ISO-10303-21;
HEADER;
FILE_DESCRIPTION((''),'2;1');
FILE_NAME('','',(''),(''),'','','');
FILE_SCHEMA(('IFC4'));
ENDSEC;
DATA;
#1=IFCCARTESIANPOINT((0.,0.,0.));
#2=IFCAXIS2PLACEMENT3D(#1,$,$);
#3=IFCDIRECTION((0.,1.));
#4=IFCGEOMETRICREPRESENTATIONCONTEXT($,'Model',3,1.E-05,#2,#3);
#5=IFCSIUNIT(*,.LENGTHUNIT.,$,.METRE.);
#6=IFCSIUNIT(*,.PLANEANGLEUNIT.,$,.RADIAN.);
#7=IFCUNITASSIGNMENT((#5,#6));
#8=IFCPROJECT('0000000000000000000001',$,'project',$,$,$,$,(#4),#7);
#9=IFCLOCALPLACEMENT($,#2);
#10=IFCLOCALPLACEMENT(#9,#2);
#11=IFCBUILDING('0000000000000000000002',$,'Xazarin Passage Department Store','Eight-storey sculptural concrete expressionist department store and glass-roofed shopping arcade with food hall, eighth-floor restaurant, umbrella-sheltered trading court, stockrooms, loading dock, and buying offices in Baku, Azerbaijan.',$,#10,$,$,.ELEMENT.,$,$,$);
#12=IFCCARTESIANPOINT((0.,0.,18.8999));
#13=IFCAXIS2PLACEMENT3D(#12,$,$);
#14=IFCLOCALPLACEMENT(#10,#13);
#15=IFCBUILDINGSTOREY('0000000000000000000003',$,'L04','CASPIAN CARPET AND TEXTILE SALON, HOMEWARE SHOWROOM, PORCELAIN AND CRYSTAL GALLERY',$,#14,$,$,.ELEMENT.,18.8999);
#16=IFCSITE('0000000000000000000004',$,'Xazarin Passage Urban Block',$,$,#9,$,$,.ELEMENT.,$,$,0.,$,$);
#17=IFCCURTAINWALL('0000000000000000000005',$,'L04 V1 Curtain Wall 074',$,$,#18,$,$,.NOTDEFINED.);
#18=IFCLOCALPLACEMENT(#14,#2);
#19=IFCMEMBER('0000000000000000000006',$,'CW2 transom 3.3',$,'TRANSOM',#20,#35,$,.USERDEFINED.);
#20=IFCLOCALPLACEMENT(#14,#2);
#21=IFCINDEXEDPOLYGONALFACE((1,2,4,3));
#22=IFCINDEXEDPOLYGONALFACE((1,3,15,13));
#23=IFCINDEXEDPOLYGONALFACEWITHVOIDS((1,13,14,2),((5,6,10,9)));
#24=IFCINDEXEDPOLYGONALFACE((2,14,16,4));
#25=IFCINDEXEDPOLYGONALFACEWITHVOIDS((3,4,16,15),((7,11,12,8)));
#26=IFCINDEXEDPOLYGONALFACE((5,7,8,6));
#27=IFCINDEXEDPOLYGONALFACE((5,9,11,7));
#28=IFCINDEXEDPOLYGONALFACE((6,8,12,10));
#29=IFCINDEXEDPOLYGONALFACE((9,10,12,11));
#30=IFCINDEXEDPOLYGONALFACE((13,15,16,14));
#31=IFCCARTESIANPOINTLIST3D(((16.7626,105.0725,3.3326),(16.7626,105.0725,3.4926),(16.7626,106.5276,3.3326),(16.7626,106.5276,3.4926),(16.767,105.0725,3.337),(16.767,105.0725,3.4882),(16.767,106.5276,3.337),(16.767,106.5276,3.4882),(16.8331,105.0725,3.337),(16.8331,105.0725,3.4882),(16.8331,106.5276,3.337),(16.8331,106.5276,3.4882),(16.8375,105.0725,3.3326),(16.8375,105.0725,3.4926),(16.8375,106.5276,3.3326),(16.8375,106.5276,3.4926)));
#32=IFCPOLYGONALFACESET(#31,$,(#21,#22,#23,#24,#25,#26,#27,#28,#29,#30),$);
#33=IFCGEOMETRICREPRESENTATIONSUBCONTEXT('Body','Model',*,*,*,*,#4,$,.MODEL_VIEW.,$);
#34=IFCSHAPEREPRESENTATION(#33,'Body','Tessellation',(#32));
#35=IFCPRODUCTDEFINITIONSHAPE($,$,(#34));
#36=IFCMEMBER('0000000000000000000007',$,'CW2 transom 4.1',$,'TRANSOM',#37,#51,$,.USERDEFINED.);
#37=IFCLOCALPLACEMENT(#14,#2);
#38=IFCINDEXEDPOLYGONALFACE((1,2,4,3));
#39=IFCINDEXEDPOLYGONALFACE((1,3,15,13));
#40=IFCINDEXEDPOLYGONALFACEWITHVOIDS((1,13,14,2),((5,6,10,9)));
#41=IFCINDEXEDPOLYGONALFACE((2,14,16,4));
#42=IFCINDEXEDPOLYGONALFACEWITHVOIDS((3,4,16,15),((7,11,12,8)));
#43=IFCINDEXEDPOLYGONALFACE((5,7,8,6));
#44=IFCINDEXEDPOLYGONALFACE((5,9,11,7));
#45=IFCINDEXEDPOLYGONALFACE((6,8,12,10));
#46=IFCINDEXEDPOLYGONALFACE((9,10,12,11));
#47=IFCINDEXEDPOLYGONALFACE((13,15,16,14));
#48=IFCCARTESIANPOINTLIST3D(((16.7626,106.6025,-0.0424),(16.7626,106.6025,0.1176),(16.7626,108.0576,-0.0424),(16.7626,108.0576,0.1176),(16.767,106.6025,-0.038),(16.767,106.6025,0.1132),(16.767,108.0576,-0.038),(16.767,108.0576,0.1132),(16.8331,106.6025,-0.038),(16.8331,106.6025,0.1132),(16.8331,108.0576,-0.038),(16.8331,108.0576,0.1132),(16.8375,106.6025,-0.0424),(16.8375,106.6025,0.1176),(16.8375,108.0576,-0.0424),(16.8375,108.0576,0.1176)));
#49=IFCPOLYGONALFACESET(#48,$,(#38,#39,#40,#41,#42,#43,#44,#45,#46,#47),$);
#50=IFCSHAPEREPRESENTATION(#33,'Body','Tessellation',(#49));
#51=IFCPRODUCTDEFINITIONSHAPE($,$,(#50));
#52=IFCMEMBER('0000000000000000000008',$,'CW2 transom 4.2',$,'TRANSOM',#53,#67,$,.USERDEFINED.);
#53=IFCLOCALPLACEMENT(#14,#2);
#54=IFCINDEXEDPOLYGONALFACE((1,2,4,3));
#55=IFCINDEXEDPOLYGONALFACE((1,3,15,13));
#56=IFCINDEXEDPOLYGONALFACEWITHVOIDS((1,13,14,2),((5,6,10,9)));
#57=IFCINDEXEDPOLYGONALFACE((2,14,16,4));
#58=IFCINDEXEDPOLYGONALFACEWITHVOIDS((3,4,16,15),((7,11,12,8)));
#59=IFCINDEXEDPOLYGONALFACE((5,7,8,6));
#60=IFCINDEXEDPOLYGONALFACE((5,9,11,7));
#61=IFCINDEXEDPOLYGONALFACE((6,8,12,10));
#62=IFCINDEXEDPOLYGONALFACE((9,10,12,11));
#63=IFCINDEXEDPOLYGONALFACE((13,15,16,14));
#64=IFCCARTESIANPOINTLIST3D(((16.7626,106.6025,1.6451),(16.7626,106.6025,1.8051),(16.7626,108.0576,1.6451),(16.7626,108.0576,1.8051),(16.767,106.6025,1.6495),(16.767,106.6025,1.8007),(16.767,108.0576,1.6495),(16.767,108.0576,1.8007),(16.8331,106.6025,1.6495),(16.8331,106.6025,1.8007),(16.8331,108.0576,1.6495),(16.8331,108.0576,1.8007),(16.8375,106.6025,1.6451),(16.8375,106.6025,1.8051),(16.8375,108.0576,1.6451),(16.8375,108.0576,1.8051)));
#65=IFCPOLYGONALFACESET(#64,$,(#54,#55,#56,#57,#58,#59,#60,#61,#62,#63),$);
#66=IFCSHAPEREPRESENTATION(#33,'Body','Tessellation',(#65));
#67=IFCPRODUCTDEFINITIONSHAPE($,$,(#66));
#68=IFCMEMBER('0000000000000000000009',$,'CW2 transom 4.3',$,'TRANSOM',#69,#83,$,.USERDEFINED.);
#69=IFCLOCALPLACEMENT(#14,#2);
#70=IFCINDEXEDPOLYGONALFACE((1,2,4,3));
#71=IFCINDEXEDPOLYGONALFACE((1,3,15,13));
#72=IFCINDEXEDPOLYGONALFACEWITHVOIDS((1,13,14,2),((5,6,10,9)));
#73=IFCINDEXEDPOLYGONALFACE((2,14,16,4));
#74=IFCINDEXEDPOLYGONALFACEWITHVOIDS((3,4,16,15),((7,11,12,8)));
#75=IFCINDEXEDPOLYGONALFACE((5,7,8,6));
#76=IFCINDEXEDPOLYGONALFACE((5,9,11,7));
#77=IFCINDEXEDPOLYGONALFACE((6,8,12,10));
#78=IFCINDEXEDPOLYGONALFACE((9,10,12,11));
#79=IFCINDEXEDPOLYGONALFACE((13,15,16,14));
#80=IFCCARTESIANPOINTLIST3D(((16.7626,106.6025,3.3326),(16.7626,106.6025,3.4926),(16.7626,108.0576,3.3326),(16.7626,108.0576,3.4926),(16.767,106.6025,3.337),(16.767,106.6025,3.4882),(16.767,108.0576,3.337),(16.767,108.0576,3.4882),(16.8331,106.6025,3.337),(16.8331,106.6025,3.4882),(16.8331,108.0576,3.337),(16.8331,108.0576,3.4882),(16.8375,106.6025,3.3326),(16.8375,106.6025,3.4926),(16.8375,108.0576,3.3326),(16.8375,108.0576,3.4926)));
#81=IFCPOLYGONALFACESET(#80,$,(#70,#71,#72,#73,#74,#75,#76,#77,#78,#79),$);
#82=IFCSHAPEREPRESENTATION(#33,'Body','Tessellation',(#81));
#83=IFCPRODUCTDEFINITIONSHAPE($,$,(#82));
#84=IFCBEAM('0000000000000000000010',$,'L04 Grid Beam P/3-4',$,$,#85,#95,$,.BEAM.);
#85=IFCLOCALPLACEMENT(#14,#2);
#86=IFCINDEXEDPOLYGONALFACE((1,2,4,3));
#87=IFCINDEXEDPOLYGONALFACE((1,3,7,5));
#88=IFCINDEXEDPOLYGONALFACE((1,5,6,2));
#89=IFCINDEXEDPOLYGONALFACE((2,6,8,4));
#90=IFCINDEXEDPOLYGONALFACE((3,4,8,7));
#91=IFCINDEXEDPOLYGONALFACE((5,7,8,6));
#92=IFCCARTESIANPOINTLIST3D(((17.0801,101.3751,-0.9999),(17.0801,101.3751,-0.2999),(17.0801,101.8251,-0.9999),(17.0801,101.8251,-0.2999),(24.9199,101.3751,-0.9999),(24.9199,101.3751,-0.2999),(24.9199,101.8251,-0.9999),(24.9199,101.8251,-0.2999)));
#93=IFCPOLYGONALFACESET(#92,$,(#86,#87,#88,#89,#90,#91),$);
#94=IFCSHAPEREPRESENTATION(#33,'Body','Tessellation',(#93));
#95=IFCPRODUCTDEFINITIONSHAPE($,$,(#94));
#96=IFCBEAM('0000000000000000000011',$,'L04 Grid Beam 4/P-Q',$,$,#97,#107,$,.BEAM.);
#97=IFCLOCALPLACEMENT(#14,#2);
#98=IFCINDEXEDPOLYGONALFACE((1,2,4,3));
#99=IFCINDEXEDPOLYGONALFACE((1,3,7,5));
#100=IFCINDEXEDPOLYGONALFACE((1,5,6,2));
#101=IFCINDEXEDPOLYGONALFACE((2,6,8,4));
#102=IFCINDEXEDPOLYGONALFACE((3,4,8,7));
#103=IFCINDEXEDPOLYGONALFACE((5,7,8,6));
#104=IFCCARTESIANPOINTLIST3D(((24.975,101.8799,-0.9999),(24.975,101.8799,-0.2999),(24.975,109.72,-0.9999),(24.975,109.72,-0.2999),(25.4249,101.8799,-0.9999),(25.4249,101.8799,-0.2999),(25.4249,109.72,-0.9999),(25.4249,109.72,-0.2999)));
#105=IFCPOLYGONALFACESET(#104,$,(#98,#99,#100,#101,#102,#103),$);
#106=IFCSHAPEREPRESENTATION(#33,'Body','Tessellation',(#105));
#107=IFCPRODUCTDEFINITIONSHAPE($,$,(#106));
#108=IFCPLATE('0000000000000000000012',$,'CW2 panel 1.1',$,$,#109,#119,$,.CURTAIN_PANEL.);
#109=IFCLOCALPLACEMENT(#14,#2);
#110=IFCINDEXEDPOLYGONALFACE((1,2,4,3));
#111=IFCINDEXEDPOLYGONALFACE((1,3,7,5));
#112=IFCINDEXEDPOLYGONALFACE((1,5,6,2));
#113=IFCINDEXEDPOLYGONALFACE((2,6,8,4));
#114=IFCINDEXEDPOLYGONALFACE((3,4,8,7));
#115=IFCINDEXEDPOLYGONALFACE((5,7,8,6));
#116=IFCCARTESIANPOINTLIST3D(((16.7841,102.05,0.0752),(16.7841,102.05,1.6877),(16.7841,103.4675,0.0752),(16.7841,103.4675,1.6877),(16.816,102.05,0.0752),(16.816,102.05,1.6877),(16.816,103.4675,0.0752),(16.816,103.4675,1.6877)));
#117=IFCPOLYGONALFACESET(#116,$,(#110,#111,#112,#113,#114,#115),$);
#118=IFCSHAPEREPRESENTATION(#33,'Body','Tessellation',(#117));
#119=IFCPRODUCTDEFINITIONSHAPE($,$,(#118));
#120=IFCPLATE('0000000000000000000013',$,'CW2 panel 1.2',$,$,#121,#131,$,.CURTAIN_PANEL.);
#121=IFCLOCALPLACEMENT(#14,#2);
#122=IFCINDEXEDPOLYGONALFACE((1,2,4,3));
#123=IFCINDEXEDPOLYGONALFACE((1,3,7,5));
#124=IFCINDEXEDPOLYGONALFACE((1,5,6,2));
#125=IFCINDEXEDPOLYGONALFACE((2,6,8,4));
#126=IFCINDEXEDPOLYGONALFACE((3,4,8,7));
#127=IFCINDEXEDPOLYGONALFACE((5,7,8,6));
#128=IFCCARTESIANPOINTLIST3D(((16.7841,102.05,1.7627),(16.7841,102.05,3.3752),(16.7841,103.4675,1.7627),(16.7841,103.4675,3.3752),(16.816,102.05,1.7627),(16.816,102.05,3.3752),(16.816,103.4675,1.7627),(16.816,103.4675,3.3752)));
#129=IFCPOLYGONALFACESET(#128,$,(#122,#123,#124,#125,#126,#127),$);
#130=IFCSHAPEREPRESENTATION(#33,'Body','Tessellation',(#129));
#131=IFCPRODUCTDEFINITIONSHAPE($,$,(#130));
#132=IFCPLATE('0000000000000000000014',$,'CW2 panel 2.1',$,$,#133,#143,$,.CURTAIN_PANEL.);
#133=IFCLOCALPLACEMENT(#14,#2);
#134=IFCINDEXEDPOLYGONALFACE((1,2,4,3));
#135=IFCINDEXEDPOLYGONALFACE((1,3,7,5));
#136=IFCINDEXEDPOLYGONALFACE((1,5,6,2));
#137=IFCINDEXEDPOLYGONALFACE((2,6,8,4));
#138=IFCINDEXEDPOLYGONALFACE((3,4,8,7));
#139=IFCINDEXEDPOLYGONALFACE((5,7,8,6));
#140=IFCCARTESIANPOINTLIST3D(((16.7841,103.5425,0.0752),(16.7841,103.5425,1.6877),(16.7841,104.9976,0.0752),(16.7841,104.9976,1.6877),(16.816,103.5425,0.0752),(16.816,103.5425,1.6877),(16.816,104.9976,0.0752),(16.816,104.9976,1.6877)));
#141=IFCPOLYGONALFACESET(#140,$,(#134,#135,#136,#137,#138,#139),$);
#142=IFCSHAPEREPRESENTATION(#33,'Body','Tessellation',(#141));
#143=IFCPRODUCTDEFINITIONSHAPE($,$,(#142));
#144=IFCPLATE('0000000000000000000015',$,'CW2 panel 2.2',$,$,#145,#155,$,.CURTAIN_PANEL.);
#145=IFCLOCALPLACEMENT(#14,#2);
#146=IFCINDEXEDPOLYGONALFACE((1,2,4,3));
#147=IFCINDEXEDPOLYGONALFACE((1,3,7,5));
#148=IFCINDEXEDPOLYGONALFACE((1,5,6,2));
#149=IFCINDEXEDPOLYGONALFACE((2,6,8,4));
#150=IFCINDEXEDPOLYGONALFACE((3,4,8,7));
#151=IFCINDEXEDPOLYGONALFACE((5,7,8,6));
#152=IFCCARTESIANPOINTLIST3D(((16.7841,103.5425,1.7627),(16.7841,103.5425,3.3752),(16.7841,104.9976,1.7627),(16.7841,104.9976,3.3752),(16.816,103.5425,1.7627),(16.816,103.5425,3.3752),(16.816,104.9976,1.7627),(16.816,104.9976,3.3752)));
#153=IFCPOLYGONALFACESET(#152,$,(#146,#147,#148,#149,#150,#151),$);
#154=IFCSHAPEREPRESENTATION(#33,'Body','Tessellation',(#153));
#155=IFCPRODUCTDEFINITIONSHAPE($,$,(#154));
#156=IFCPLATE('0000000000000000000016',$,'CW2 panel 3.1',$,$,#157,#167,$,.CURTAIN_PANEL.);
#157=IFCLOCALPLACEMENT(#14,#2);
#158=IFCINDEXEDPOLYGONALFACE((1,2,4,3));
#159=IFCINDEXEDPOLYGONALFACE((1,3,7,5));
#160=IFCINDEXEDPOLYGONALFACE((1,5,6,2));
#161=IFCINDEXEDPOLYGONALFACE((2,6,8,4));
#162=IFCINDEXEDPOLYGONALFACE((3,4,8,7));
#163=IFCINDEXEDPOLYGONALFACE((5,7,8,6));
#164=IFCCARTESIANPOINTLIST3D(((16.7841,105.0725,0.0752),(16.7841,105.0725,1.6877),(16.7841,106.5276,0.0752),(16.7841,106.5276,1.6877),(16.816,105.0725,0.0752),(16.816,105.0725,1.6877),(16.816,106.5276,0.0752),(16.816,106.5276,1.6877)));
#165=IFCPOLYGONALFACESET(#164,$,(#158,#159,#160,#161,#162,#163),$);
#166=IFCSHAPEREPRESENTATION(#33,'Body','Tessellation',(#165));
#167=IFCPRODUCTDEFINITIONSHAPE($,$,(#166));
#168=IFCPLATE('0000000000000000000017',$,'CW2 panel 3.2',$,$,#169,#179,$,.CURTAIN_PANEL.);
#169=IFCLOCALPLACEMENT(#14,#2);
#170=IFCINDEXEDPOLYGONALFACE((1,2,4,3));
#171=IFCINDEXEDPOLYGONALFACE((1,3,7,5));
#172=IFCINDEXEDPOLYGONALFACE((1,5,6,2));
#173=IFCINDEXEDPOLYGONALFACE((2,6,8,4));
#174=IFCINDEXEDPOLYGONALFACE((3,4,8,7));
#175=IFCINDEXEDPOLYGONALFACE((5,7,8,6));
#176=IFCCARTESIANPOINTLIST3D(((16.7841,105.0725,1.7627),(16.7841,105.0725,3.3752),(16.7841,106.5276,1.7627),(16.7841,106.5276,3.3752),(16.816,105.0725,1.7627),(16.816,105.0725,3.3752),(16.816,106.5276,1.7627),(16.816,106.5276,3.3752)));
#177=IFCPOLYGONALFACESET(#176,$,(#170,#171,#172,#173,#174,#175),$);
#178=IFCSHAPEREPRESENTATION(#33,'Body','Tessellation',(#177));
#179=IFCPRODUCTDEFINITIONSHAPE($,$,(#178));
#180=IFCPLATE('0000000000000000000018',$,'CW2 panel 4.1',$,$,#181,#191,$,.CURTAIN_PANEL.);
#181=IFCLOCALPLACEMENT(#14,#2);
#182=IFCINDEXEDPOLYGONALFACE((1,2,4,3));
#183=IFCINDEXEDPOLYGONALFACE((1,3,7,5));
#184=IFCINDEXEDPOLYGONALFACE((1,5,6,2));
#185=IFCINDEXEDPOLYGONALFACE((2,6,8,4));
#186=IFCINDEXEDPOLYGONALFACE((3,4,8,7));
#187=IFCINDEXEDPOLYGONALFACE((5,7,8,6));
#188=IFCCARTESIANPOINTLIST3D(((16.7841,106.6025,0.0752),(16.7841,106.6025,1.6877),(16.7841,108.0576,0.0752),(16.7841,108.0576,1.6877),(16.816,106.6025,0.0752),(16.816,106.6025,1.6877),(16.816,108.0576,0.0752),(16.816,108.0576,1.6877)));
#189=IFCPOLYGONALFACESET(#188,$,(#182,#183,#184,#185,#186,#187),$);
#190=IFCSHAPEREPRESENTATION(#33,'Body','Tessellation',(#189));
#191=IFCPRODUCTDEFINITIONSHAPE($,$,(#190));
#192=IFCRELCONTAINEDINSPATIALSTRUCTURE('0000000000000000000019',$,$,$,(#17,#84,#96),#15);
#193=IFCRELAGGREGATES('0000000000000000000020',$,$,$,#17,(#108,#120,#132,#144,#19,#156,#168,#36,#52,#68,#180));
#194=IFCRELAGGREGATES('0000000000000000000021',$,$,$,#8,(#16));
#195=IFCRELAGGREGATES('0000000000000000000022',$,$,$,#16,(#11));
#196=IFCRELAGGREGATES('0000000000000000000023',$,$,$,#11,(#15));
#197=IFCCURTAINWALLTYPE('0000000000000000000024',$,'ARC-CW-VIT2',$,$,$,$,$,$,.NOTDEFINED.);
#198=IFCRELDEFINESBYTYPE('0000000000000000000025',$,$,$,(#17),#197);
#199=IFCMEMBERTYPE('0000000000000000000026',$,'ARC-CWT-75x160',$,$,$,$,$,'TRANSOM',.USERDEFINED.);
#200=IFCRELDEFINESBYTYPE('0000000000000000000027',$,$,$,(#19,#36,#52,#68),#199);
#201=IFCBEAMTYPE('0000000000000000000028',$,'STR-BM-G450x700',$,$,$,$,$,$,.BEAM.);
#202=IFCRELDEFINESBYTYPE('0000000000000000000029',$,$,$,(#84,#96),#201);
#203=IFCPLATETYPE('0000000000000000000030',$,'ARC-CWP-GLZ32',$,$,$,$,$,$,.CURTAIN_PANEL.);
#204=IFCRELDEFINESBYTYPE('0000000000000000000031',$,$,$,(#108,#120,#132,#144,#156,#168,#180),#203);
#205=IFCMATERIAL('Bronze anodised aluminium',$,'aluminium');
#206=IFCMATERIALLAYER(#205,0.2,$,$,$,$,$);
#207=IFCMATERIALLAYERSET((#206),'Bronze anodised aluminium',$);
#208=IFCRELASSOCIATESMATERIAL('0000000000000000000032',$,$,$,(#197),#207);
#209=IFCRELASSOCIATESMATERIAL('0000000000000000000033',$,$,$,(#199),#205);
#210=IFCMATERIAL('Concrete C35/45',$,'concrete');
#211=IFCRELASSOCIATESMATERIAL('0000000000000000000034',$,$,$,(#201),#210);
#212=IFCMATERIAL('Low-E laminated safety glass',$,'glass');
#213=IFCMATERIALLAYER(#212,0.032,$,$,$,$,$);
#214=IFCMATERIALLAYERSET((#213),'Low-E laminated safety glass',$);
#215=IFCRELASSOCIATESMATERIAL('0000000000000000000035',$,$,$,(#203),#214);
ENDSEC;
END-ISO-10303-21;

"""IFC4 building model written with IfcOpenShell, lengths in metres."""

from ifc_helpers import new_model, si_unit, direction, frame, origin, origin_2d, place, context, subcontext, project, spatial, rectangle, hollow_rectangle, extrude, material, layer, layer_set, material_profile, profile_set, type_object, element, aggregate, save


model = new_model("IFC4")

# Units and contexts
model_context = context("Model", 3, precision=1e-05, world=origin(), true_north=direction((0.0, 1.0)))
body_context = subcontext(model_context, "Body", "Model", "MODEL_VIEW")
ifc_project = project(units=[si_unit("LENGTHUNIT", "METRE"), si_unit("PLANEANGLEUNIT", "RADIAN")], contexts=[model_context])

# Site, building, storey
site_placement = place(None, origin())
site = spatial("IfcSite", under=ifc_project, at=site_placement, Name="Xazarin Passage Urban Block", CompositionType="ELEMENT", RefElevation=0.0)
building_placement = place(site_placement, origin())
building = spatial("IfcBuilding", under=site, at=building_placement, Name="Xazarin Passage Department Store", Description="Eight-storey sculptural concrete expressionist department store and glass-roofed shopping arcade with food hall, eighth-floor restaurant, umbrella-sheltered trading court, stockrooms, loading dock, and buying offices in Baku, Azerbaijan.", CompositionType="ELEMENT")
storey_placement = place(building_placement, frame((0.0, 0.0, 18.8999)))
storey = spatial("IfcBuildingStorey", under=building, at=storey_placement, Name="L04", Description="CASPIAN CARPET AND TEXTILE SALON, HOMEWARE SHOWROOM, PORCELAIN AND CRYSTAL GALLERY", CompositionType="ELEMENT", Elevation=18.8999)

# Curtain wall, members
ifc_material_1 = material(Name="Bronze anodised aluminium", Category="aluminium")
ifc_layer_1 = layer(ifc_material_1, 0.2)
ifc_layer_set_1 = layer_set([ifc_layer_1], Name="Bronze anodised aluminium")
curtain_wall_type = type_object("IfcCurtainWallType", Name="ARC-CW-VIT2", PredefinedType="NOTDEFINED", material=ifc_layer_set_1)
curtain_wall_placement = place(storey_placement, origin())
curtain_wall = element("IfcCurtainWall", 1, at=curtain_wall_placement, inside=storey, type_object=curtain_wall_type, Name="L04 V1 Curtain Wall 074", PredefinedType="NOTDEFINED")
ifc_material_profile_1 = material_profile(ifc_material_1, hollow_rectangle(XDim=0.075, YDim=0.1599, WallThickness=0.0044, at=origin_2d()), Name="ALU 75x160")
ifc_profile_set_1 = profile_set([ifc_material_profile_1], Name="Bronze anodised aluminium")
member_type_1 = type_object("IfcMemberType", Name="ARC-CWT-75x160", ElementType="TRANSOM", PredefinedType="USERDEFINED", material=ifc_profile_set_1)
member_1_placement = place(storey_placement, frame((16.8, 105.0725, 3.4126), z_axis=(0.0, 1.0, 0.0), x_axis=(-1.0, 0.0, 0.0)))
member_1 = element("IfcMember", 2, at=member_1_placement, type_object=member_type_1, Name="CW2 transom 3.3", ObjectType="TRANSOM", PredefinedType="USERDEFINED", context=body_context, shape_type="SweptSolid", body=[
    extrude(hollow_rectangle(XDim=0.075, YDim=0.1599, WallThickness=0.0044, at=origin_2d()), origin(), (0.0, 0.0, 1.0), 1.4551),
])
member_2_placement = place(storey_placement, frame((16.8, 106.6025, 0.0376), z_axis=(0.0, 1.0, 0.0), x_axis=(-1.0, 0.0, 0.0)))
member_2 = element("IfcMember", 3, at=member_2_placement, type_object=member_type_1, Name="CW2 transom 4.1", ObjectType="TRANSOM", PredefinedType="USERDEFINED", context=body_context, shape_type="SweptSolid", body=[
    extrude(hollow_rectangle(XDim=0.075, YDim=0.1599, WallThickness=0.0044, at=origin_2d()), origin(), (0.0, 0.0, 1.0), 1.4551),
])
member_3_placement = place(storey_placement, frame((16.8, 106.6025, 1.7251), z_axis=(0.0, 1.0, 0.0), x_axis=(-1.0, 0.0, 0.0)))
member_3 = element("IfcMember", 4, at=member_3_placement, type_object=member_type_1, Name="CW2 transom 4.2", ObjectType="TRANSOM", PredefinedType="USERDEFINED", context=body_context, shape_type="SweptSolid", body=[
    extrude(hollow_rectangle(XDim=0.075, YDim=0.1599, WallThickness=0.0044, at=origin_2d()), origin(), (0.0, 0.0, 1.0), 1.4551),
])
member_4_placement = place(storey_placement, frame((16.8, 106.6025, 3.4126), z_axis=(0.0, 1.0, 0.0), x_axis=(-1.0, 0.0, 0.0)))
member_4 = element("IfcMember", 5, at=member_4_placement, type_object=member_type_1, Name="CW2 transom 4.3", ObjectType="TRANSOM", PredefinedType="USERDEFINED", context=body_context, shape_type="SweptSolid", body=[
    extrude(hollow_rectangle(XDim=0.075, YDim=0.1599, WallThickness=0.0044, at=origin_2d()), origin(), (0.0, 0.0, 1.0), 1.4551),
])

# Beams
ifc_material_2 = material(Name="Concrete C35/45", Category="concrete")
ifc_material_profile_2 = material_profile(ifc_material_2, rectangle(XDim=0.45, YDim=0.7, at=origin_2d()), Name="RC 450x700")
ifc_profile_set_2 = profile_set([ifc_material_profile_2], Name="Concrete C35/45")
beam_type = type_object("IfcBeamType", Name="STR-BM-G450x700", PredefinedType="BEAM", material=ifc_profile_set_2)
beam_1_placement = place(storey_placement, frame((17.0801, 101.6001, -0.6499), z_axis=(1.0, 0.0, 0.0), x_axis=(0.0, 1.0, 0.0)))
element("IfcBeam", 6, at=beam_1_placement, inside=storey, type_object=beam_type, Name="L04 Grid Beam P/3-4", PredefinedType="BEAM", context=body_context, shape_type="SweptSolid", body=[
    extrude(rectangle(XDim=0.45, YDim=0.7, at=origin_2d()), origin(), (0.0, 0.0, 1.0), 7.8398),
])
beam_2_placement = place(storey_placement, frame((25.2, 101.8799, -0.6499), z_axis=(0.0, 1.0, 0.0), x_axis=(-1.0, 0.0, 0.0)))
element("IfcBeam", 7, at=beam_2_placement, inside=storey, type_object=beam_type, Name="L04 Grid Beam 4/P-Q", PredefinedType="BEAM", context=body_context, shape_type="SweptSolid", body=[
    extrude(rectangle(XDim=0.45, YDim=0.7, at=origin_2d()), origin(), (0.0, 0.0, 1.0), 7.8401),
])

# Plates
ifc_material_3 = material(Name="Low-E laminated safety glass", Category="glass")
ifc_layer_2 = layer(ifc_material_3, 0.032)
ifc_layer_set_2 = layer_set([ifc_layer_2], Name="Low-E laminated safety glass")
plate_type = type_object("IfcPlateType", Name="ARC-CWP-GLZ32", PredefinedType="CURTAIN_PANEL", material=ifc_layer_set_2)
plate_1_placement = place(storey_placement, frame((16.8, 102.7588, 0.0752), z_axis=(0.0, 0.0, 1.0), x_axis=(0.0, 1.0, 0.0)))
plate_1 = element("IfcPlate", 8, at=plate_1_placement, type_object=plate_type, Name="CW2 panel 1.1", PredefinedType="CURTAIN_PANEL", context=body_context, shape_type="SweptSolid", body=[
    extrude(rectangle(XDim=1.4175, YDim=0.032, at=origin_2d()), origin(), (0.0, 0.0, 1.0), 1.6125),
])
plate_2_placement = place(storey_placement, frame((16.8, 102.7588, 1.7627), z_axis=(0.0, 0.0, 1.0), x_axis=(0.0, 1.0, 0.0)))
plate_2 = element("IfcPlate", 9, at=plate_2_placement, type_object=plate_type, Name="CW2 panel 1.2", PredefinedType="CURTAIN_PANEL", context=body_context, shape_type="SweptSolid", body=[
    extrude(rectangle(XDim=1.4175, YDim=0.032, at=origin_2d()), origin(), (0.0, 0.0, 1.0), 1.6125),
])
plate_3_placement = place(storey_placement, frame((16.8, 104.27, 0.0752), z_axis=(0.0, 0.0, 1.0), x_axis=(0.0, 1.0, 0.0)))
plate_3 = element("IfcPlate", 10, at=plate_3_placement, type_object=plate_type, Name="CW2 panel 2.1", PredefinedType="CURTAIN_PANEL", context=body_context, shape_type="SweptSolid", body=[
    extrude(rectangle(XDim=1.4551, YDim=0.032, at=origin_2d()), origin(), (0.0, 0.0, 1.0), 1.6125),
])
plate_4_placement = place(storey_placement, frame((16.8, 104.27, 1.7627), z_axis=(0.0, 0.0, 1.0), x_axis=(0.0, 1.0, 0.0)))
plate_4 = element("IfcPlate", 11, at=plate_4_placement, type_object=plate_type, Name="CW2 panel 2.2", PredefinedType="CURTAIN_PANEL", context=body_context, shape_type="SweptSolid", body=[
    extrude(rectangle(XDim=1.4551, YDim=0.032, at=origin_2d()), origin(), (0.0, 0.0, 1.0), 1.6125),
])
plate_5_placement = place(storey_placement, frame((16.8, 105.8, 0.0752), z_axis=(0.0, 0.0, 1.0), x_axis=(0.0, 1.0, 0.0)))
plate_5 = element("IfcPlate", 12, at=plate_5_placement, type_object=plate_type, Name="CW2 panel 3.1", PredefinedType="CURTAIN_PANEL", context=body_context, shape_type="SweptSolid", body=[
    extrude(rectangle(XDim=1.4551, YDim=0.032, at=origin_2d()), origin(), (0.0, 0.0, 1.0), 1.6125),
])
plate_6_placement = place(storey_placement, frame((16.8, 105.8, 1.7627), z_axis=(0.0, 0.0, 1.0), x_axis=(0.0, 1.0, 0.0)))
plate_6 = element("IfcPlate", 13, at=plate_6_placement, type_object=plate_type, Name="CW2 panel 3.2", PredefinedType="CURTAIN_PANEL", context=body_context, shape_type="SweptSolid", body=[
    extrude(rectangle(XDim=1.4551, YDim=0.032, at=origin_2d()), origin(), (0.0, 0.0, 1.0), 1.6125),
])
plate_7_placement = place(storey_placement, frame((16.8, 107.3301, 0.0752), z_axis=(0.0, 0.0, 1.0), x_axis=(0.0, 1.0, 0.0)))
plate_7 = element("IfcPlate", 14, at=plate_7_placement, type_object=plate_type, Name="CW2 panel 4.1", PredefinedType="CURTAIN_PANEL", context=body_context, shape_type="SweptSolid", body=[
    extrude(rectangle(XDim=1.4551, YDim=0.032, at=origin_2d()), origin(), (0.0, 0.0, 1.0), 1.6125),
])
aggregate(curtain_wall, [plate_1, plate_2, plate_3, plate_4, member_1, plate_5, plate_6, member_2, member_3, member_4, plate_7])

save(model, "model.ifc")
